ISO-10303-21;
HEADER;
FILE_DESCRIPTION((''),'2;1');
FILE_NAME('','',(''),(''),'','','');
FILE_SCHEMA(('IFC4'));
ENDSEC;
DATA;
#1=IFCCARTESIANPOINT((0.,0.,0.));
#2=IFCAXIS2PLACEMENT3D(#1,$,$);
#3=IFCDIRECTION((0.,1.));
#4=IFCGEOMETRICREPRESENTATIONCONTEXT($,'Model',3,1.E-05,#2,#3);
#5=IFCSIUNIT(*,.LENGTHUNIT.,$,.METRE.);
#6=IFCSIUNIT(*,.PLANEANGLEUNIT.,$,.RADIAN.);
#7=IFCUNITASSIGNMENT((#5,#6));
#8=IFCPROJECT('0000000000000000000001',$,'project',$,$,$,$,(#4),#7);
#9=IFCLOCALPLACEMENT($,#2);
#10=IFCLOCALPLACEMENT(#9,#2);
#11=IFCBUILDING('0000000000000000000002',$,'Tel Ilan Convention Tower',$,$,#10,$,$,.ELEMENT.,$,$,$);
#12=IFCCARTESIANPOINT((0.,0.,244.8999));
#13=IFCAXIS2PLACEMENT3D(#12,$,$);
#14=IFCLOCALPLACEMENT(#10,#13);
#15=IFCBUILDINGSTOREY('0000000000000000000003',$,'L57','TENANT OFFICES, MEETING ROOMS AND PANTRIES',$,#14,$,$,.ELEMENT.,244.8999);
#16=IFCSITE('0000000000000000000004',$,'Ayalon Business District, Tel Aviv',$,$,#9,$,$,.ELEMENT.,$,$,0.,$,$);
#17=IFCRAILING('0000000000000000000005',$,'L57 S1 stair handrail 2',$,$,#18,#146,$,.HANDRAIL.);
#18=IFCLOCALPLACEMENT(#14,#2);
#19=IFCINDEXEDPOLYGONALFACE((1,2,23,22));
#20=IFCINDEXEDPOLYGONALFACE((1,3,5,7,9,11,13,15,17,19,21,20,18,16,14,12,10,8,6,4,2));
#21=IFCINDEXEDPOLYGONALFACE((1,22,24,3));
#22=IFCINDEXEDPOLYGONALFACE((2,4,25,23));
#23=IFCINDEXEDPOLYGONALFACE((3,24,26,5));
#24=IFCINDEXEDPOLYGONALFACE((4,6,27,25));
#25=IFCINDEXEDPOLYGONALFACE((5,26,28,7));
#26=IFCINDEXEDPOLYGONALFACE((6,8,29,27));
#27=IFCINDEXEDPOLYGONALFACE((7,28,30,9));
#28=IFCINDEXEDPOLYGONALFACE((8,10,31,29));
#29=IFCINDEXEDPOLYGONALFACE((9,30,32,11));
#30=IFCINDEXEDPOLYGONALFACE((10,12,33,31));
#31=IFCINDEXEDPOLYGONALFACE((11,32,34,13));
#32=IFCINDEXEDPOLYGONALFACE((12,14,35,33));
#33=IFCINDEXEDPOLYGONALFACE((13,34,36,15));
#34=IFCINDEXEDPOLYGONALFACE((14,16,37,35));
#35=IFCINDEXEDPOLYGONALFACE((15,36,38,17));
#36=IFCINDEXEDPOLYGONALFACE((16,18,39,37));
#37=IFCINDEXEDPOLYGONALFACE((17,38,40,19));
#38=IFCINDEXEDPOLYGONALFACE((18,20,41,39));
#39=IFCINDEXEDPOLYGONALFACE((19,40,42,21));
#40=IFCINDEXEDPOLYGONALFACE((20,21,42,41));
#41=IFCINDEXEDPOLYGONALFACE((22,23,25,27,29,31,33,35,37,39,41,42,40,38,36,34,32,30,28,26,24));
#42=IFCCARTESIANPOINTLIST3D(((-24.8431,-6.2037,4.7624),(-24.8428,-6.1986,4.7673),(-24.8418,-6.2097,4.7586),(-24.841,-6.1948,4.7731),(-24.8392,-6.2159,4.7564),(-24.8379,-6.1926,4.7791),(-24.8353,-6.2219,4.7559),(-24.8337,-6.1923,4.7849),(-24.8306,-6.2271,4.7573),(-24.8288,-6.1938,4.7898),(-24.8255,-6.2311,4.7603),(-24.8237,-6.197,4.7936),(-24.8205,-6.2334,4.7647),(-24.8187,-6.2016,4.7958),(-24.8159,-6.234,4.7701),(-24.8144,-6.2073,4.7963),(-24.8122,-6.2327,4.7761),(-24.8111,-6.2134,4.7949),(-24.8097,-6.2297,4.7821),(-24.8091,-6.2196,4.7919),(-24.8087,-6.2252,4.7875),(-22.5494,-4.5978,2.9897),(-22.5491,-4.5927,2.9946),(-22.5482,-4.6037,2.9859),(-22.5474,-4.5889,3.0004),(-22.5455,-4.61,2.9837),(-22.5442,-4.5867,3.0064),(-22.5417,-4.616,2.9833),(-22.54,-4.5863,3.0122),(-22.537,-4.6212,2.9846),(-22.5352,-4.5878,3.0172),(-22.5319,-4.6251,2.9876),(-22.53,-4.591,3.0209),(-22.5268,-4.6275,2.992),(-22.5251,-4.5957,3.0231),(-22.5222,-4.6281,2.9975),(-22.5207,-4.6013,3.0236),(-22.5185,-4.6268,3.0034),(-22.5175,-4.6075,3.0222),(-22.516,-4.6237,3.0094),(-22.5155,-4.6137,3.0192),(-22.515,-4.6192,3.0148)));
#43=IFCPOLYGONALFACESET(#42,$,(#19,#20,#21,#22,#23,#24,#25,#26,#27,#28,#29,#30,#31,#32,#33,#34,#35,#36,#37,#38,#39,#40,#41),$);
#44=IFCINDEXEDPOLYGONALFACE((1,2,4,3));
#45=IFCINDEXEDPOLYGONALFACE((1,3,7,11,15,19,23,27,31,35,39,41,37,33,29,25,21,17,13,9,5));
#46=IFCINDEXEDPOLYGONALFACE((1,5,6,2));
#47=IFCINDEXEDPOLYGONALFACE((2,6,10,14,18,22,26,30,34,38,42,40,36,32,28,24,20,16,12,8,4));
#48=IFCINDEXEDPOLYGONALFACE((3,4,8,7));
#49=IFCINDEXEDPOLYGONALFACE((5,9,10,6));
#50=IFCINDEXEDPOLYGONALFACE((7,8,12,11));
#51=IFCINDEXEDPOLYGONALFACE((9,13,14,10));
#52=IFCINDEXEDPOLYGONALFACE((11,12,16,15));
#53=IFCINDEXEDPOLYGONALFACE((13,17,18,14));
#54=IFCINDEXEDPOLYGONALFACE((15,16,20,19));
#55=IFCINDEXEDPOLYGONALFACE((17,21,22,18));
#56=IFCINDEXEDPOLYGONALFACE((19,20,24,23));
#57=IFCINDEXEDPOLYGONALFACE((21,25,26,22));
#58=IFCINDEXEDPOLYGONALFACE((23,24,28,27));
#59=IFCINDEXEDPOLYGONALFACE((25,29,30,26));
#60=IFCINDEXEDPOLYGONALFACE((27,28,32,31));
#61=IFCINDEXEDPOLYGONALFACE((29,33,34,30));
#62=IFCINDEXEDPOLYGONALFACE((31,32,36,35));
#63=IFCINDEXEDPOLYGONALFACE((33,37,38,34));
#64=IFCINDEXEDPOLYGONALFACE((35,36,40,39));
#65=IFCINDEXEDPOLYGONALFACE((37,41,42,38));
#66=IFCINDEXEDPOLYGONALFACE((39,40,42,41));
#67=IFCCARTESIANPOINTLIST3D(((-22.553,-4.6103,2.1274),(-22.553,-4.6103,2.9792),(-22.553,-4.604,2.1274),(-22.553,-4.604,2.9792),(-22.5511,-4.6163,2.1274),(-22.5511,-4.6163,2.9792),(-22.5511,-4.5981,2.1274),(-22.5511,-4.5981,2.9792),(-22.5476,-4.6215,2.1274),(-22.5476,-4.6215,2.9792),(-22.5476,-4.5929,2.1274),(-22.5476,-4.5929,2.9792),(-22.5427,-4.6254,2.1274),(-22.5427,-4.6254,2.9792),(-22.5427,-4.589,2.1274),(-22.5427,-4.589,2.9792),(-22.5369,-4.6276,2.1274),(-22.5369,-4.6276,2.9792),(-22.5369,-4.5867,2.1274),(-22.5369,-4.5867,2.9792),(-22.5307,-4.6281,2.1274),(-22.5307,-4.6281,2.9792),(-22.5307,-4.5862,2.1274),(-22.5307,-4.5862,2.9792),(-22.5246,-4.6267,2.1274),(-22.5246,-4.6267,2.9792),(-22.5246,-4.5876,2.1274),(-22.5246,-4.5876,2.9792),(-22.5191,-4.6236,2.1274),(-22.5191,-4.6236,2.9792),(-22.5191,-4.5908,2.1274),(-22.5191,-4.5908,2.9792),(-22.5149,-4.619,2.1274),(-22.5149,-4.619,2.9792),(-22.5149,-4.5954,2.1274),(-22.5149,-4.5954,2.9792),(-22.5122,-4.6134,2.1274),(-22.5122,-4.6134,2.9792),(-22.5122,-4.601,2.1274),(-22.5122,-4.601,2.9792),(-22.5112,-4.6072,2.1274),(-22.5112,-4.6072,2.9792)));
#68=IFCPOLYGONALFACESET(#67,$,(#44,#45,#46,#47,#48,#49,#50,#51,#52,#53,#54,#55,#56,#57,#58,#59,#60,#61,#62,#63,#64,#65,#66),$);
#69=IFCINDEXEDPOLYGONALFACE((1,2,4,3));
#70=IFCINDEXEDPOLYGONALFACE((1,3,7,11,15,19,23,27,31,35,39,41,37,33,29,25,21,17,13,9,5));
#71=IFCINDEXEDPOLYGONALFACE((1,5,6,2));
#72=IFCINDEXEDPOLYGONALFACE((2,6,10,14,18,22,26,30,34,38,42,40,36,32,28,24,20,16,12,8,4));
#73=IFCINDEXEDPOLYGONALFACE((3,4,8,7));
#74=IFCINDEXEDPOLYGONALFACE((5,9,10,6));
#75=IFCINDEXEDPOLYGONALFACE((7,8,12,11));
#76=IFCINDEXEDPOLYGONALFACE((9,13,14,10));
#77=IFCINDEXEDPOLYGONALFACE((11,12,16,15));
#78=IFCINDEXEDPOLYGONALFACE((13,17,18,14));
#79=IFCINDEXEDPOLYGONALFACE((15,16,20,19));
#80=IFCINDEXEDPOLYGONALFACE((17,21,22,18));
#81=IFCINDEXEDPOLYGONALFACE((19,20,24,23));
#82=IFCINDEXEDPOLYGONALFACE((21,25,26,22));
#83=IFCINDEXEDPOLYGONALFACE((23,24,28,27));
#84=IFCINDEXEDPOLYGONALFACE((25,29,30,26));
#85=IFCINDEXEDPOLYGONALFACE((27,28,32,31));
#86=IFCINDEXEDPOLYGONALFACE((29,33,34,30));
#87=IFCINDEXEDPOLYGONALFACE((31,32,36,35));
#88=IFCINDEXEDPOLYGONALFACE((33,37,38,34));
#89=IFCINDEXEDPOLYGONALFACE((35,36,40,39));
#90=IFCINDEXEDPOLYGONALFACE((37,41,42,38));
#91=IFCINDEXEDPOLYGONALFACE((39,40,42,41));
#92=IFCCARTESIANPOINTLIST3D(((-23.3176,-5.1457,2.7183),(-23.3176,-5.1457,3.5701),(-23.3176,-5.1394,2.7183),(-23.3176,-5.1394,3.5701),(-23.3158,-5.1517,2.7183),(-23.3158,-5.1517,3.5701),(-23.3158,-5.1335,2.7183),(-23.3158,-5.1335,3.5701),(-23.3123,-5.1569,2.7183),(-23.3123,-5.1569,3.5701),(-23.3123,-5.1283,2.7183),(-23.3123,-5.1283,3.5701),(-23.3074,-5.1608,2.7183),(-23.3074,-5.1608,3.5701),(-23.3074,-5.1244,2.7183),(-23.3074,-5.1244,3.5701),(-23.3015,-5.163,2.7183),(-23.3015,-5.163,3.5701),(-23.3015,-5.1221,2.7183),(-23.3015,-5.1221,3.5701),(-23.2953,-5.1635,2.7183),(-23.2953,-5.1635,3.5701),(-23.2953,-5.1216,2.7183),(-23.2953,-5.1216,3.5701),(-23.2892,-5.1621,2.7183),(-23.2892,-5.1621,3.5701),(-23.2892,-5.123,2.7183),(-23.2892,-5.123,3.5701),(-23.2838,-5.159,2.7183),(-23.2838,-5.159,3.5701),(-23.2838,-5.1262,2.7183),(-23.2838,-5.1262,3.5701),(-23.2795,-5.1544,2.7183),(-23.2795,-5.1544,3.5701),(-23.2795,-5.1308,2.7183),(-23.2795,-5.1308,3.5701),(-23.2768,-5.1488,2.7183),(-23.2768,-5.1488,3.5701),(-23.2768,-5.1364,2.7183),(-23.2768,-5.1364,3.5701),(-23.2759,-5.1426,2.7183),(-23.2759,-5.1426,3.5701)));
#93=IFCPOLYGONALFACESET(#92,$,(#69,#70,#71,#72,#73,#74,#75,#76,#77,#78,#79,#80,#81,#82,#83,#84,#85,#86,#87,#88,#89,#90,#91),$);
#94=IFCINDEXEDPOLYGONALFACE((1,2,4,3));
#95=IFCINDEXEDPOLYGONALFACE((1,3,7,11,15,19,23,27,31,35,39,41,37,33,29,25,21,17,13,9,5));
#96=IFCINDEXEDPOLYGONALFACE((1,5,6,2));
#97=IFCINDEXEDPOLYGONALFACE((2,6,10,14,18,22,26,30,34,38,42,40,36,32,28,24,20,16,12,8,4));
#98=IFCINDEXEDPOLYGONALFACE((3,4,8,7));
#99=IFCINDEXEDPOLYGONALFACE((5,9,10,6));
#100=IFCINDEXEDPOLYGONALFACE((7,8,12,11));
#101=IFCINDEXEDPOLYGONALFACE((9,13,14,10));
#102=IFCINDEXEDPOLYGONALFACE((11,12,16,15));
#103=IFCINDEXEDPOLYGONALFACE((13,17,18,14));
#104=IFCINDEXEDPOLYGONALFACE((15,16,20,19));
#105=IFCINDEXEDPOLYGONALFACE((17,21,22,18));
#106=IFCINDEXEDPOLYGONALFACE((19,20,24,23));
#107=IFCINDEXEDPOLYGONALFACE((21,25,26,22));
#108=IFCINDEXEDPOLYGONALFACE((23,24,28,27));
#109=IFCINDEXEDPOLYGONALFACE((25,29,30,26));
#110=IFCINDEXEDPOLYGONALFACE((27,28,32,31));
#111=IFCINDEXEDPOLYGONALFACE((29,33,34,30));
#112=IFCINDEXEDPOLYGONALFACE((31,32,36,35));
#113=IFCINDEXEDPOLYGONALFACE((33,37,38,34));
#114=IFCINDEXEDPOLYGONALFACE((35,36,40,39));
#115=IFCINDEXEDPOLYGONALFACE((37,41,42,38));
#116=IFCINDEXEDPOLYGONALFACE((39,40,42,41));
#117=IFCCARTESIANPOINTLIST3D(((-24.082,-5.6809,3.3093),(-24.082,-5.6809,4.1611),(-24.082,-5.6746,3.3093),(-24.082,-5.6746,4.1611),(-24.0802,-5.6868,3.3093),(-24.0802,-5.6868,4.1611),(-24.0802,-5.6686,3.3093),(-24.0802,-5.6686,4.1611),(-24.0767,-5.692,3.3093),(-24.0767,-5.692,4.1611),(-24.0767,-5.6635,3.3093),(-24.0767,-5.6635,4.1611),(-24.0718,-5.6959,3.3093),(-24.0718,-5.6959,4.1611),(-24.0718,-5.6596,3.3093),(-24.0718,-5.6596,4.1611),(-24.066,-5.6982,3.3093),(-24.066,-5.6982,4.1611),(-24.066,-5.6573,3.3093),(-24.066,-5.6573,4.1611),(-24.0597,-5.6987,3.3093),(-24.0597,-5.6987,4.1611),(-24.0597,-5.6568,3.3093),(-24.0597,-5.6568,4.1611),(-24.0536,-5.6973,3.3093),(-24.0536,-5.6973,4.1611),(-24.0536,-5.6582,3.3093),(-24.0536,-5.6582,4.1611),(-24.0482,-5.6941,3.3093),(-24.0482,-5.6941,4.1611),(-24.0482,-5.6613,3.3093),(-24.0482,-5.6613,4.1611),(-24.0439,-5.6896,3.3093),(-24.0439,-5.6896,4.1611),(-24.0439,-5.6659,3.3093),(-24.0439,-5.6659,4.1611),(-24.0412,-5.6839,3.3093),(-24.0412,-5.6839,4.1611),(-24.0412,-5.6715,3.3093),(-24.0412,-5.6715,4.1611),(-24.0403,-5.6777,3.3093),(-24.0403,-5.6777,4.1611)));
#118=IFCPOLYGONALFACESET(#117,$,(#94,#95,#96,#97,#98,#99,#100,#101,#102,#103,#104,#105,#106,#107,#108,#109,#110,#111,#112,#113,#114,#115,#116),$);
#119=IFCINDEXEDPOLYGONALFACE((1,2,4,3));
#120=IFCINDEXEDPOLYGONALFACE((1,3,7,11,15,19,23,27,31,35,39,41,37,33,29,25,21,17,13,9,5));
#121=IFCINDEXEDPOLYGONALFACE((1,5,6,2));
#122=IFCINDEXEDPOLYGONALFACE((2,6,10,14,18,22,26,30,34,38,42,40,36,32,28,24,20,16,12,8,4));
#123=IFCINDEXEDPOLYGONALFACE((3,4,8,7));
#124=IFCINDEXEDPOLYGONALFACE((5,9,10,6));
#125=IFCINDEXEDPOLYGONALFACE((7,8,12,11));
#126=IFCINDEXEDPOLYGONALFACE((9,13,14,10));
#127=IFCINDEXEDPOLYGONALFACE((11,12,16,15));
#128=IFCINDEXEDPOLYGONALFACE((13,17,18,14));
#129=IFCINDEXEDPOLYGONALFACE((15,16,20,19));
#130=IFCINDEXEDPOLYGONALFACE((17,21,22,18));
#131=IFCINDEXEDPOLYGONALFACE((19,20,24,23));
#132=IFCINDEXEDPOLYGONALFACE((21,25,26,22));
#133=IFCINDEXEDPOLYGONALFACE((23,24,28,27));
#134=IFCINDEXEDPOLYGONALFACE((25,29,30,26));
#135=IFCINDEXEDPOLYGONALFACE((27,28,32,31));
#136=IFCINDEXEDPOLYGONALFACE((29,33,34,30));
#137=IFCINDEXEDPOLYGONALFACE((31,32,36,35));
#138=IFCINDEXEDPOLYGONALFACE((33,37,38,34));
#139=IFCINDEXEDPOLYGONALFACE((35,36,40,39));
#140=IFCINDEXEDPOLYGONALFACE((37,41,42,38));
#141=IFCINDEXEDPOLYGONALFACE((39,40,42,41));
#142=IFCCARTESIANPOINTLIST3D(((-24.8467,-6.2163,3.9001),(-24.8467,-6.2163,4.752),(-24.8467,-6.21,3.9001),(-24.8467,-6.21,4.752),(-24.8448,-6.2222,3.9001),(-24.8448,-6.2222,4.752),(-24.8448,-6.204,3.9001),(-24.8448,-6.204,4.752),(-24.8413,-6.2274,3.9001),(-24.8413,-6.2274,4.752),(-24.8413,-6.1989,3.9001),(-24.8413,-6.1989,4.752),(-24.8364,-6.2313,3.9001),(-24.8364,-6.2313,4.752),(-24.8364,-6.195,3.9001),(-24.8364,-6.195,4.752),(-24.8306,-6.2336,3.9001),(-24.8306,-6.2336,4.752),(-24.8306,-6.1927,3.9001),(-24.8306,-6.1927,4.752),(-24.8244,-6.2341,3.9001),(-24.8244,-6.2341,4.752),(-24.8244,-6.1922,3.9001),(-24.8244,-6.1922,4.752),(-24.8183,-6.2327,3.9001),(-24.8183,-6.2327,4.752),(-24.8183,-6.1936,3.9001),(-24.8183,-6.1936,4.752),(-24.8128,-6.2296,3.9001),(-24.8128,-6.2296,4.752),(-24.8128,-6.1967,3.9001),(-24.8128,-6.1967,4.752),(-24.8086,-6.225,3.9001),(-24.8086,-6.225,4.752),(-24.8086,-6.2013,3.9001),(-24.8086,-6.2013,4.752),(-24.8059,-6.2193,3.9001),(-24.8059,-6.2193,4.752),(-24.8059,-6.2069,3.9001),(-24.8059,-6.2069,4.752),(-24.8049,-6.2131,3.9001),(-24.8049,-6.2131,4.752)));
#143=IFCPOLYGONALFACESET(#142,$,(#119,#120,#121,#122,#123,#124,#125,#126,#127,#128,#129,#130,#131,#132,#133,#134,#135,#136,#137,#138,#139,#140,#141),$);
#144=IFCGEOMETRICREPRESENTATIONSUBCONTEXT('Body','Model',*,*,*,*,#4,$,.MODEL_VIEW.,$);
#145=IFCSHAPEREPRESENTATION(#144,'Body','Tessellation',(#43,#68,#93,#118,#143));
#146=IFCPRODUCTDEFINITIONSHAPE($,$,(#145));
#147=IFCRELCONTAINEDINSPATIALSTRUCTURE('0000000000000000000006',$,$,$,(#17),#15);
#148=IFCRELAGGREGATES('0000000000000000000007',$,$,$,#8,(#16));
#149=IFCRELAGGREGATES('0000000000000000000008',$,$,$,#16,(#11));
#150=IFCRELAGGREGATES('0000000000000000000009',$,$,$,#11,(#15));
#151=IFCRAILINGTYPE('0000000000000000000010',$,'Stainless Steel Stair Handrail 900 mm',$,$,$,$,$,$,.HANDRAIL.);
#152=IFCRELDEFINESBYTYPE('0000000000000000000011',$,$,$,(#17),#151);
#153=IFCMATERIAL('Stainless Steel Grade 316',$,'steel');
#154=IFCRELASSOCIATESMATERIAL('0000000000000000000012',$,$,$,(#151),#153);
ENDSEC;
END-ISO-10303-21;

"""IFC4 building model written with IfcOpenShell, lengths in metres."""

from ifc_helpers import new_model, si_unit, direction, frame, origin, origin_2d, place, context, subcontext, project, spatial, circle, extrude, material, type_object, element, save


model = new_model("IFC4")

# Units and contexts
model_context = context("Model", 3, precision=1e-05, world=origin(), true_north=direction((0.0, 1.0)))
body_context = subcontext(model_context, "Body", "Model", "MODEL_VIEW")
ifc_project = project(units=[si_unit("LENGTHUNIT", "METRE"), si_unit("PLANEANGLEUNIT", "RADIAN")], contexts=[model_context])

# Site, building, storey
site_placement = place(None, origin())
site = spatial("IfcSite", under=ifc_project, at=site_placement, Name="Ayalon Business District, Tel Aviv", CompositionType="ELEMENT", RefElevation=0.0)
building_placement = place(site_placement, origin())
building = spatial("IfcBuilding", under=site, at=building_placement, Name="Tel Ilan Convention Tower", CompositionType="ELEMENT")
storey_placement = place(building_placement, frame((0.0, 0.0, 244.8999)))
storey = spatial("IfcBuildingStorey", under=building, at=storey_placement, Name="L57", Description="TENANT OFFICES, MEETING ROOMS AND PANTRIES", CompositionType="ELEMENT", Elevation=244.8999)

# Railing
ifc_material_1 = material(Name="Stainless Steel Grade 316", Category="steel")
railing_type_1 = type_object("IfcRailingType", Name="Stainless Steel Stair Handrail 900 mm", PredefinedType="HANDRAIL", material=ifc_material_1)
for number, where, name in (
    (1, (-22.5322, -4.6072, 2.1274), "L57 S1 stair handrail 2"),
):
    element("IfcRailing", number, at=place(storey_placement, frame(where)), inside=storey, type_object=railing_type_1, Name=name, PredefinedType="HANDRAIL", context=body_context, shape_type="SweptSolid", body=[
        extrude(circle(Radius=0.0239, at=origin_2d()), frame((0.0, 0.0, 0.876), z_axis=(-0.692123, -0.484597, 0.534913), x_axis=(0.57355, -0.81917, 0.0)), (0.0, 0.0, 1.0), 3.314),
        extrude(circle(Radius=0.021, at=origin_2d()), origin(), (0.0, 0.0, 1.0), 0.8518),
        extrude(circle(Radius=0.021, at=origin_2d()), frame((-0.7646, -0.5354, 0.5908)), (0.0, 0.0, 1.0), 0.8518),
        extrude(circle(Radius=0.021, at=origin_2d()), frame((-1.5291, -1.0706, 1.1819)), (0.0, 0.0, 1.0), 0.8518),
        extrude(circle(Radius=0.021, at=origin_2d()), frame((-2.2937, -1.606, 1.7727)), (0.0, 0.0, 1.0), 0.8518),
    ])

save(model, "model.ifc")
